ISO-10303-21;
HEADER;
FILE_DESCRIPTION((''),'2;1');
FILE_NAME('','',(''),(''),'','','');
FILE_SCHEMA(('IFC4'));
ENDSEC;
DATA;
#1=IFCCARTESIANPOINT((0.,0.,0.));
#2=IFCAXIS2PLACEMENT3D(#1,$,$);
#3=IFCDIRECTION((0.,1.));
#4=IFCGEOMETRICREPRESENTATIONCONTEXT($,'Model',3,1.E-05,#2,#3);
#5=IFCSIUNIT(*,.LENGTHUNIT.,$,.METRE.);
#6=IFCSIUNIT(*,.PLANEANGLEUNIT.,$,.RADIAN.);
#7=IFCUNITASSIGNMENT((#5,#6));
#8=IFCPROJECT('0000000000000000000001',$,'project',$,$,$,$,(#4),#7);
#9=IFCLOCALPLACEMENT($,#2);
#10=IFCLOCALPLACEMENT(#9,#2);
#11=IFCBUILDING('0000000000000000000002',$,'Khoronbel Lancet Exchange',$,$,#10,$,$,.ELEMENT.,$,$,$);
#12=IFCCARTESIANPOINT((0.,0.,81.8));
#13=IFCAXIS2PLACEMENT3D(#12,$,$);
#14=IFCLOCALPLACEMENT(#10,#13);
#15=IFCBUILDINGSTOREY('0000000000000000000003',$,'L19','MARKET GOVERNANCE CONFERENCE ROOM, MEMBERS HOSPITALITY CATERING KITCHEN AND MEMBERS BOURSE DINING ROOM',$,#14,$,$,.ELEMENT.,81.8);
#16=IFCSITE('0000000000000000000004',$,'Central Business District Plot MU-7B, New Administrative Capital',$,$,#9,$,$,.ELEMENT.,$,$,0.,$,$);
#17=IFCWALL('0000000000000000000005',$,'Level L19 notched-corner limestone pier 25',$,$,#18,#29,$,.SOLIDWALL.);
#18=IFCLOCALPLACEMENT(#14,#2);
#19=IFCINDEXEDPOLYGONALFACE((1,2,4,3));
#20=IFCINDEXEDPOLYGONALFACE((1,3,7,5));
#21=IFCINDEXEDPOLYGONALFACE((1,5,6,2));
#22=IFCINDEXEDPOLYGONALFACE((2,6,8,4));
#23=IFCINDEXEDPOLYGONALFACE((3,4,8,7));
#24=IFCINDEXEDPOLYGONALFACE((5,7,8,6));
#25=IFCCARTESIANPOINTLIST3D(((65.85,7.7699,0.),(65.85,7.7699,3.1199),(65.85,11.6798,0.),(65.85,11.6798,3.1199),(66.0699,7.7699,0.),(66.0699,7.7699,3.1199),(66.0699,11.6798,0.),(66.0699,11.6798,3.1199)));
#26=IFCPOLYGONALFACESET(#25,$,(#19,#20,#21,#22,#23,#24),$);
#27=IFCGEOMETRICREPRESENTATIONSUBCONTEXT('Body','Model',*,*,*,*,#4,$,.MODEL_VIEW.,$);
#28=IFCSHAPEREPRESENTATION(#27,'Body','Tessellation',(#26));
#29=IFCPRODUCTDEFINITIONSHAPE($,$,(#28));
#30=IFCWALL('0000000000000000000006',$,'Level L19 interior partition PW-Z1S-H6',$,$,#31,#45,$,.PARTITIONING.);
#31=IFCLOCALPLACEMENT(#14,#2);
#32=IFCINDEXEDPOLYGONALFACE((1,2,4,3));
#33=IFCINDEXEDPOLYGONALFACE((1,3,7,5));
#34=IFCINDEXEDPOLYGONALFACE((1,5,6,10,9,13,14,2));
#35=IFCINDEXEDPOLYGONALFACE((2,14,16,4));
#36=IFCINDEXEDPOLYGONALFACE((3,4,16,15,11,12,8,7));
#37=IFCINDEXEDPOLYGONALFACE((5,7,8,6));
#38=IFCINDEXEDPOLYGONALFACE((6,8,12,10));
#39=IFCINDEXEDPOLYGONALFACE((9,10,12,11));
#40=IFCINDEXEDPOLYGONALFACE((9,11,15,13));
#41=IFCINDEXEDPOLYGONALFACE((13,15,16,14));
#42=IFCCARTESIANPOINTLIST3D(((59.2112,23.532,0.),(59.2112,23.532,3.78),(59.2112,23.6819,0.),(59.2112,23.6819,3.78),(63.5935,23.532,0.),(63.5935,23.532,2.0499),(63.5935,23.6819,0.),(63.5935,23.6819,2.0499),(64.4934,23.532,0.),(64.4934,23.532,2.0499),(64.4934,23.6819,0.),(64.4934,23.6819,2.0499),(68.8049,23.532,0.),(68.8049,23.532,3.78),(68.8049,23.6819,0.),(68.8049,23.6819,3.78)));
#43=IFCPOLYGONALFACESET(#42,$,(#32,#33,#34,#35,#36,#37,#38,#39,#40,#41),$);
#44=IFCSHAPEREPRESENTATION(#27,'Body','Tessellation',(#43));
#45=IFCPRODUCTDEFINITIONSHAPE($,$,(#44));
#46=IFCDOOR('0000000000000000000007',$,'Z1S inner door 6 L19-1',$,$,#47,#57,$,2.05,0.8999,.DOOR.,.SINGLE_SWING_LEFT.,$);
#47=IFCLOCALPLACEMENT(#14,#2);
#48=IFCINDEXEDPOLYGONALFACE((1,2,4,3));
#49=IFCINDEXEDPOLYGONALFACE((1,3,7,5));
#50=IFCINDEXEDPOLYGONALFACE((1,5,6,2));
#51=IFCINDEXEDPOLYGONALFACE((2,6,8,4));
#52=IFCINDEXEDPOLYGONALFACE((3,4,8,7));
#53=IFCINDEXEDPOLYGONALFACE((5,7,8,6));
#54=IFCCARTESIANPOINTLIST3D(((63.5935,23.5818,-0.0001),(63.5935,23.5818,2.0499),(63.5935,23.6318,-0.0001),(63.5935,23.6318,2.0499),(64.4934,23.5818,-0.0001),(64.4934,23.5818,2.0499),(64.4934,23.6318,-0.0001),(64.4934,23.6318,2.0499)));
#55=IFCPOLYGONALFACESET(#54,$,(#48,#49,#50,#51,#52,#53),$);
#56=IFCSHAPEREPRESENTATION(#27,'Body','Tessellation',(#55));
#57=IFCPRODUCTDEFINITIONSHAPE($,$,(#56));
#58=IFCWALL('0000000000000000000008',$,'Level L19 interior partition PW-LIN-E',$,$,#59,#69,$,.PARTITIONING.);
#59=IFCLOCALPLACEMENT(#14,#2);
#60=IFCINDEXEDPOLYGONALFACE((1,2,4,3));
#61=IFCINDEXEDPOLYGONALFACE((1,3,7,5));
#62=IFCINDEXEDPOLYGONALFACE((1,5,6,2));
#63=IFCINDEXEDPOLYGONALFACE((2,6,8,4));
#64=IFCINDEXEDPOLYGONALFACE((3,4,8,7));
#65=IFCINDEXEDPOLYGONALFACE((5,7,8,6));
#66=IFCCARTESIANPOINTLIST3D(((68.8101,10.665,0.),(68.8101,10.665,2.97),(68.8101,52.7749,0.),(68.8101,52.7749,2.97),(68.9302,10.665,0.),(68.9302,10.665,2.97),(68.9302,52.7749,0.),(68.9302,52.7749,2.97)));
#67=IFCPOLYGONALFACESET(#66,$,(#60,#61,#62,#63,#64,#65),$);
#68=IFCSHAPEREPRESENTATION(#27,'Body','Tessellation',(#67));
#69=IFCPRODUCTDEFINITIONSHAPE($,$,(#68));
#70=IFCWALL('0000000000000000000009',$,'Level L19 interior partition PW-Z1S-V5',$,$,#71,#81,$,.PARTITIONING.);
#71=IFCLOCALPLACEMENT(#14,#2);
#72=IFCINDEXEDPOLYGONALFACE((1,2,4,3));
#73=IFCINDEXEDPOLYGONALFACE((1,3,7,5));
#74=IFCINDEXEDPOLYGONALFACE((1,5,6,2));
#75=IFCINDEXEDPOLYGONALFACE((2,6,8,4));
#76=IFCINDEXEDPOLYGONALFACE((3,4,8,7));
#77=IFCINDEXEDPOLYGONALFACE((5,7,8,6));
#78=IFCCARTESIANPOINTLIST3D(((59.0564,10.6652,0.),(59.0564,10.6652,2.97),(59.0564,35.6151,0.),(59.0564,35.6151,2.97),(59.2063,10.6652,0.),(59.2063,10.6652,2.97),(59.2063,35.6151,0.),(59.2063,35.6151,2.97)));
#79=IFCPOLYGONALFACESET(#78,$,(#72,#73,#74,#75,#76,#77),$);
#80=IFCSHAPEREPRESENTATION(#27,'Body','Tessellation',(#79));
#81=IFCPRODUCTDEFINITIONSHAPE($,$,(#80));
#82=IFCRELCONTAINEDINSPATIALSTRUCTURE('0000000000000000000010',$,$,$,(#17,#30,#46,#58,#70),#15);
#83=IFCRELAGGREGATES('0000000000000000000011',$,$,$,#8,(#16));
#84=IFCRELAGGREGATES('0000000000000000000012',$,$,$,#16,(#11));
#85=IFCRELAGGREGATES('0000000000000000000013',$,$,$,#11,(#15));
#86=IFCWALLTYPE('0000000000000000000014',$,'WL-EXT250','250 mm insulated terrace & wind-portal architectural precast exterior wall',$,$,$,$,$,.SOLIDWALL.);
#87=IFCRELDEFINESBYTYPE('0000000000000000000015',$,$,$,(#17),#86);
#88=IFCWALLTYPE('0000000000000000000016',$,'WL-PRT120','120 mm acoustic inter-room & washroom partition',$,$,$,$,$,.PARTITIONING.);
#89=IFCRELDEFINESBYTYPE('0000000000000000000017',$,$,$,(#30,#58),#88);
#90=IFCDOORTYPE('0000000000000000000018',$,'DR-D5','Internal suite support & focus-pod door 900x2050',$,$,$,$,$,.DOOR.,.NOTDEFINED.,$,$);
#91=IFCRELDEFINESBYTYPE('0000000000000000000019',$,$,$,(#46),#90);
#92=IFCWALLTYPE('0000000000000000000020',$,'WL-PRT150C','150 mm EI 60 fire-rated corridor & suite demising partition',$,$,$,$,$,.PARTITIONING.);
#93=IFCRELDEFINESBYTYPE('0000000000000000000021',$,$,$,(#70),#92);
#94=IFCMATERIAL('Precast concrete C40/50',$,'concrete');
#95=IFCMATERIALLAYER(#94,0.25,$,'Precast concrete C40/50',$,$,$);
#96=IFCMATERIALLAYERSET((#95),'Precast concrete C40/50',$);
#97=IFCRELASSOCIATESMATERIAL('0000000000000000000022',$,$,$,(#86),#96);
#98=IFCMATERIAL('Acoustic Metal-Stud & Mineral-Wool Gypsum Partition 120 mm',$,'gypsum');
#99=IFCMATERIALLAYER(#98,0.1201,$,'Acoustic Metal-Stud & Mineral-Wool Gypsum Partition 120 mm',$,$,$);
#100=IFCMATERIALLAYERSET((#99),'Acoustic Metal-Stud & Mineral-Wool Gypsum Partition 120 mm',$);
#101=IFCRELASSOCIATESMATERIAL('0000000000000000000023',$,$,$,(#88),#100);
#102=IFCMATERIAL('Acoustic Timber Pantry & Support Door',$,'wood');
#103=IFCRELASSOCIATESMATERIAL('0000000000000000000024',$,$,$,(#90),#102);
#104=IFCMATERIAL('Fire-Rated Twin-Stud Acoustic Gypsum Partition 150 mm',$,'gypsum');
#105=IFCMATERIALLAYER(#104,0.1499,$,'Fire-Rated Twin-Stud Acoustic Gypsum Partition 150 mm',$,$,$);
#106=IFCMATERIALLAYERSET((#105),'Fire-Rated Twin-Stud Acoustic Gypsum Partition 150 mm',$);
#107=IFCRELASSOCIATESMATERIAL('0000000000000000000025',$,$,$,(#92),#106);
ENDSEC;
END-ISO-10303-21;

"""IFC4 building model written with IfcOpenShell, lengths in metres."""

from ifc_helpers import new_model, si_unit, direction, frame, frame_2d, origin, place, context, subcontext, project, spatial, rectangle, extrude, material, layer, layer_set, type_object, element, fill, save


model = new_model("IFC4")

# Units and contexts
model_context = context("Model", 3, precision=1e-05, world=origin(), true_north=direction((0.0, 1.0)))
body_context = subcontext(model_context, "Body", "Model", "MODEL_VIEW")
ifc_project = project(units=[si_unit("LENGTHUNIT", "METRE"), si_unit("PLANEANGLEUNIT", "RADIAN")], contexts=[model_context])

# Site, building, storey
site_placement = place(None, origin())
site = spatial("IfcSite", under=ifc_project, at=site_placement, Name="Central Business District Plot MU-7B, New Administrative Capital", CompositionType="ELEMENT", RefElevation=0.0)
building_placement = place(site_placement, origin())
building = spatial("IfcBuilding", under=site, at=building_placement, Name="Khoronbel Lancet Exchange", CompositionType="ELEMENT")
storey_placement = place(building_placement, frame((0.0, 0.0, 81.8)))
storey = spatial("IfcBuildingStorey", under=building, at=storey_placement, Name="L19", Description="MARKET GOVERNANCE CONFERENCE ROOM, MEMBERS HOSPITALITY CATERING KITCHEN AND MEMBERS BOURSE DINING ROOM", CompositionType="ELEMENT", Elevation=81.8)

# Wall
ifc_material_1 = material(Name="Precast concrete C40/50", Category="concrete")
ifc_layer_1 = layer(ifc_material_1, 0.25, Name="Precast concrete C40/50")
ifc_layer_set_1 = layer_set([ifc_layer_1], Name="Precast concrete C40/50")
wall_type_1 = type_object("IfcWallType", Name="WL-EXT250", Description="250 mm insulated terrace & wind-portal architectural precast exterior wall", PredefinedType="SOLIDWALL", material=ifc_layer_set_1)
wall_1_placement = place(storey_placement, frame((65.96, 11.6799, 0.0), z_axis=(0.0, 0.0, 1.0), x_axis=(0.0, -1.0, 0.0)))
element("IfcWall", 1, at=wall_1_placement, inside=storey, type_object=wall_type_1, Name="Level L19 notched-corner limestone pier 25", PredefinedType="SOLIDWALL", context=body_context, shape_type="SweptSolid", body=[
    extrude(rectangle(XDim=3.9099, YDim=0.22, at=frame_2d((1.9551, 0.0))), origin(), (0.0, 0.0, 1.0), 3.1199),
])

# Wall, opening, door
ifc_material_2 = material(Name="Acoustic Metal-Stud & Mineral-Wool Gypsum Partition 120 mm", Category="gypsum")
ifc_layer_2 = layer(ifc_material_2, 0.1201, Name="Acoustic Metal-Stud & Mineral-Wool Gypsum Partition 120 mm")
ifc_layer_set_2 = layer_set([ifc_layer_2], Name="Acoustic Metal-Stud & Mineral-Wool Gypsum Partition 120 mm")
wall_type_2 = type_object("IfcWallType", Name="WL-PRT120", Description="120 mm acoustic inter-room & washroom partition", PredefinedType="PARTITIONING", material=ifc_layer_set_2)
wall_2_placement = place(storey_placement, frame((59.2112, 23.6069, 0.0), z_axis=(0.0, 0.0, 1.0), x_axis=(1.0, 0.0, 0.0)))
wall_2 = element("IfcWall", 2, at=wall_2_placement, inside=storey, type_object=wall_type_2, Name="Level L19 interior partition PW-Z1S-H6", PredefinedType="PARTITIONING", context=body_context, shape_type="SweptSolid", body=[
    extrude(rectangle(XDim=9.5938, YDim=0.1499, at=frame_2d((4.7969, 0.0))), origin(), (0.0, 0.0, 1.0), 3.78),
])
opening_placement = place(wall_2_placement, frame((4.3823, 0.0, 0.0)))
opening = element("IfcOpeningElement", 3, at=opening_placement, cuts=wall_2, PredefinedType="OPENING", context=body_context, shape_type="SweptSolid", body=[
    extrude(rectangle(XDim=0.8999, YDim=2.05, at=frame_2d((0.45, 1.0249))), frame((0.0, 0.085, 0.0), z_axis=(0.0, -1.0, 0.0), x_axis=(1.0, 0.0, 0.0)), (0.0, 0.0, 1.0), 0.1699),
])
ifc_material_3 = material(Name="Acoustic Timber Pantry & Support Door", Category="wood")
door_type = type_object("IfcDoorType", Name="DR-D5", Description="Internal suite support & focus-pod door 900x2050", OperationType="NOTDEFINED", PredefinedType="DOOR", material=ifc_material_3)
door_placement = place(opening_placement, origin())
door = element("IfcDoor", 4, at=door_placement, inside=storey, type_object=door_type, Name="Z1S inner door 6 L19-1", OperationType="SINGLE_SWING_LEFT", OverallHeight=2.05, OverallWidth=0.8999, PredefinedType="DOOR", context=body_context, shape_type="SweptSolid", body=[
    extrude(rectangle(XDim=0.8999, YDim=2.05, at=frame_2d((0.45, 1.0249))), frame((0.0, 0.0249, 0.0), z_axis=(0.0, -1.0, 0.0), x_axis=(1.0, 0.0, 0.0)), (0.0, 0.0, 1.0), 0.05),
])
fill(opening, door)

# Walls
wall_3_placement = place(storey_placement, frame((68.8701, 10.665, 0.0), z_axis=(0.0, 0.0, 1.0), x_axis=(0.0, 1.0, 0.0)))
element("IfcWall", 5, at=wall_3_placement, inside=storey, type_object=wall_type_2, Name="Level L19 interior partition PW-LIN-E", PredefinedType="PARTITIONING", context=body_context, shape_type="SweptSolid", body=[
    extrude(rectangle(XDim=42.1099, YDim=0.1201, at=frame_2d((21.0549, 0.0))), origin(), (0.0, 0.0, 1.0), 2.97),
])
ifc_material_4 = material(Name="Fire-Rated Twin-Stud Acoustic Gypsum Partition 150 mm", Category="gypsum")
ifc_layer_3 = layer(ifc_material_4, 0.1499, Name="Fire-Rated Twin-Stud Acoustic Gypsum Partition 150 mm")
ifc_layer_set_3 = layer_set([ifc_layer_3], Name="Fire-Rated Twin-Stud Acoustic Gypsum Partition 150 mm")
wall_type_3 = type_object("IfcWallType", Name="WL-PRT150C", Description="150 mm EI 60 fire-rated corridor & suite demising partition", PredefinedType="PARTITIONING", material=ifc_layer_set_3)
wall_4_placement = place(storey_placement, frame((59.1313, 10.665, 0.0), z_axis=(0.0, 0.0, 1.0), x_axis=(0.0, 1.0, 0.0)))
element("IfcWall", 6, at=wall_4_placement, inside=storey, type_object=wall_type_3, Name="Level L19 interior partition PW-Z1S-V5", PredefinedType="PARTITIONING", context=body_context, shape_type="SweptSolid", body=[
    extrude(rectangle(XDim=24.95, YDim=0.1499, at=frame_2d((12.4751, 0.0))), origin(), (0.0, 0.0, 1.0), 2.97),
])

save(model, "model.ifc")
